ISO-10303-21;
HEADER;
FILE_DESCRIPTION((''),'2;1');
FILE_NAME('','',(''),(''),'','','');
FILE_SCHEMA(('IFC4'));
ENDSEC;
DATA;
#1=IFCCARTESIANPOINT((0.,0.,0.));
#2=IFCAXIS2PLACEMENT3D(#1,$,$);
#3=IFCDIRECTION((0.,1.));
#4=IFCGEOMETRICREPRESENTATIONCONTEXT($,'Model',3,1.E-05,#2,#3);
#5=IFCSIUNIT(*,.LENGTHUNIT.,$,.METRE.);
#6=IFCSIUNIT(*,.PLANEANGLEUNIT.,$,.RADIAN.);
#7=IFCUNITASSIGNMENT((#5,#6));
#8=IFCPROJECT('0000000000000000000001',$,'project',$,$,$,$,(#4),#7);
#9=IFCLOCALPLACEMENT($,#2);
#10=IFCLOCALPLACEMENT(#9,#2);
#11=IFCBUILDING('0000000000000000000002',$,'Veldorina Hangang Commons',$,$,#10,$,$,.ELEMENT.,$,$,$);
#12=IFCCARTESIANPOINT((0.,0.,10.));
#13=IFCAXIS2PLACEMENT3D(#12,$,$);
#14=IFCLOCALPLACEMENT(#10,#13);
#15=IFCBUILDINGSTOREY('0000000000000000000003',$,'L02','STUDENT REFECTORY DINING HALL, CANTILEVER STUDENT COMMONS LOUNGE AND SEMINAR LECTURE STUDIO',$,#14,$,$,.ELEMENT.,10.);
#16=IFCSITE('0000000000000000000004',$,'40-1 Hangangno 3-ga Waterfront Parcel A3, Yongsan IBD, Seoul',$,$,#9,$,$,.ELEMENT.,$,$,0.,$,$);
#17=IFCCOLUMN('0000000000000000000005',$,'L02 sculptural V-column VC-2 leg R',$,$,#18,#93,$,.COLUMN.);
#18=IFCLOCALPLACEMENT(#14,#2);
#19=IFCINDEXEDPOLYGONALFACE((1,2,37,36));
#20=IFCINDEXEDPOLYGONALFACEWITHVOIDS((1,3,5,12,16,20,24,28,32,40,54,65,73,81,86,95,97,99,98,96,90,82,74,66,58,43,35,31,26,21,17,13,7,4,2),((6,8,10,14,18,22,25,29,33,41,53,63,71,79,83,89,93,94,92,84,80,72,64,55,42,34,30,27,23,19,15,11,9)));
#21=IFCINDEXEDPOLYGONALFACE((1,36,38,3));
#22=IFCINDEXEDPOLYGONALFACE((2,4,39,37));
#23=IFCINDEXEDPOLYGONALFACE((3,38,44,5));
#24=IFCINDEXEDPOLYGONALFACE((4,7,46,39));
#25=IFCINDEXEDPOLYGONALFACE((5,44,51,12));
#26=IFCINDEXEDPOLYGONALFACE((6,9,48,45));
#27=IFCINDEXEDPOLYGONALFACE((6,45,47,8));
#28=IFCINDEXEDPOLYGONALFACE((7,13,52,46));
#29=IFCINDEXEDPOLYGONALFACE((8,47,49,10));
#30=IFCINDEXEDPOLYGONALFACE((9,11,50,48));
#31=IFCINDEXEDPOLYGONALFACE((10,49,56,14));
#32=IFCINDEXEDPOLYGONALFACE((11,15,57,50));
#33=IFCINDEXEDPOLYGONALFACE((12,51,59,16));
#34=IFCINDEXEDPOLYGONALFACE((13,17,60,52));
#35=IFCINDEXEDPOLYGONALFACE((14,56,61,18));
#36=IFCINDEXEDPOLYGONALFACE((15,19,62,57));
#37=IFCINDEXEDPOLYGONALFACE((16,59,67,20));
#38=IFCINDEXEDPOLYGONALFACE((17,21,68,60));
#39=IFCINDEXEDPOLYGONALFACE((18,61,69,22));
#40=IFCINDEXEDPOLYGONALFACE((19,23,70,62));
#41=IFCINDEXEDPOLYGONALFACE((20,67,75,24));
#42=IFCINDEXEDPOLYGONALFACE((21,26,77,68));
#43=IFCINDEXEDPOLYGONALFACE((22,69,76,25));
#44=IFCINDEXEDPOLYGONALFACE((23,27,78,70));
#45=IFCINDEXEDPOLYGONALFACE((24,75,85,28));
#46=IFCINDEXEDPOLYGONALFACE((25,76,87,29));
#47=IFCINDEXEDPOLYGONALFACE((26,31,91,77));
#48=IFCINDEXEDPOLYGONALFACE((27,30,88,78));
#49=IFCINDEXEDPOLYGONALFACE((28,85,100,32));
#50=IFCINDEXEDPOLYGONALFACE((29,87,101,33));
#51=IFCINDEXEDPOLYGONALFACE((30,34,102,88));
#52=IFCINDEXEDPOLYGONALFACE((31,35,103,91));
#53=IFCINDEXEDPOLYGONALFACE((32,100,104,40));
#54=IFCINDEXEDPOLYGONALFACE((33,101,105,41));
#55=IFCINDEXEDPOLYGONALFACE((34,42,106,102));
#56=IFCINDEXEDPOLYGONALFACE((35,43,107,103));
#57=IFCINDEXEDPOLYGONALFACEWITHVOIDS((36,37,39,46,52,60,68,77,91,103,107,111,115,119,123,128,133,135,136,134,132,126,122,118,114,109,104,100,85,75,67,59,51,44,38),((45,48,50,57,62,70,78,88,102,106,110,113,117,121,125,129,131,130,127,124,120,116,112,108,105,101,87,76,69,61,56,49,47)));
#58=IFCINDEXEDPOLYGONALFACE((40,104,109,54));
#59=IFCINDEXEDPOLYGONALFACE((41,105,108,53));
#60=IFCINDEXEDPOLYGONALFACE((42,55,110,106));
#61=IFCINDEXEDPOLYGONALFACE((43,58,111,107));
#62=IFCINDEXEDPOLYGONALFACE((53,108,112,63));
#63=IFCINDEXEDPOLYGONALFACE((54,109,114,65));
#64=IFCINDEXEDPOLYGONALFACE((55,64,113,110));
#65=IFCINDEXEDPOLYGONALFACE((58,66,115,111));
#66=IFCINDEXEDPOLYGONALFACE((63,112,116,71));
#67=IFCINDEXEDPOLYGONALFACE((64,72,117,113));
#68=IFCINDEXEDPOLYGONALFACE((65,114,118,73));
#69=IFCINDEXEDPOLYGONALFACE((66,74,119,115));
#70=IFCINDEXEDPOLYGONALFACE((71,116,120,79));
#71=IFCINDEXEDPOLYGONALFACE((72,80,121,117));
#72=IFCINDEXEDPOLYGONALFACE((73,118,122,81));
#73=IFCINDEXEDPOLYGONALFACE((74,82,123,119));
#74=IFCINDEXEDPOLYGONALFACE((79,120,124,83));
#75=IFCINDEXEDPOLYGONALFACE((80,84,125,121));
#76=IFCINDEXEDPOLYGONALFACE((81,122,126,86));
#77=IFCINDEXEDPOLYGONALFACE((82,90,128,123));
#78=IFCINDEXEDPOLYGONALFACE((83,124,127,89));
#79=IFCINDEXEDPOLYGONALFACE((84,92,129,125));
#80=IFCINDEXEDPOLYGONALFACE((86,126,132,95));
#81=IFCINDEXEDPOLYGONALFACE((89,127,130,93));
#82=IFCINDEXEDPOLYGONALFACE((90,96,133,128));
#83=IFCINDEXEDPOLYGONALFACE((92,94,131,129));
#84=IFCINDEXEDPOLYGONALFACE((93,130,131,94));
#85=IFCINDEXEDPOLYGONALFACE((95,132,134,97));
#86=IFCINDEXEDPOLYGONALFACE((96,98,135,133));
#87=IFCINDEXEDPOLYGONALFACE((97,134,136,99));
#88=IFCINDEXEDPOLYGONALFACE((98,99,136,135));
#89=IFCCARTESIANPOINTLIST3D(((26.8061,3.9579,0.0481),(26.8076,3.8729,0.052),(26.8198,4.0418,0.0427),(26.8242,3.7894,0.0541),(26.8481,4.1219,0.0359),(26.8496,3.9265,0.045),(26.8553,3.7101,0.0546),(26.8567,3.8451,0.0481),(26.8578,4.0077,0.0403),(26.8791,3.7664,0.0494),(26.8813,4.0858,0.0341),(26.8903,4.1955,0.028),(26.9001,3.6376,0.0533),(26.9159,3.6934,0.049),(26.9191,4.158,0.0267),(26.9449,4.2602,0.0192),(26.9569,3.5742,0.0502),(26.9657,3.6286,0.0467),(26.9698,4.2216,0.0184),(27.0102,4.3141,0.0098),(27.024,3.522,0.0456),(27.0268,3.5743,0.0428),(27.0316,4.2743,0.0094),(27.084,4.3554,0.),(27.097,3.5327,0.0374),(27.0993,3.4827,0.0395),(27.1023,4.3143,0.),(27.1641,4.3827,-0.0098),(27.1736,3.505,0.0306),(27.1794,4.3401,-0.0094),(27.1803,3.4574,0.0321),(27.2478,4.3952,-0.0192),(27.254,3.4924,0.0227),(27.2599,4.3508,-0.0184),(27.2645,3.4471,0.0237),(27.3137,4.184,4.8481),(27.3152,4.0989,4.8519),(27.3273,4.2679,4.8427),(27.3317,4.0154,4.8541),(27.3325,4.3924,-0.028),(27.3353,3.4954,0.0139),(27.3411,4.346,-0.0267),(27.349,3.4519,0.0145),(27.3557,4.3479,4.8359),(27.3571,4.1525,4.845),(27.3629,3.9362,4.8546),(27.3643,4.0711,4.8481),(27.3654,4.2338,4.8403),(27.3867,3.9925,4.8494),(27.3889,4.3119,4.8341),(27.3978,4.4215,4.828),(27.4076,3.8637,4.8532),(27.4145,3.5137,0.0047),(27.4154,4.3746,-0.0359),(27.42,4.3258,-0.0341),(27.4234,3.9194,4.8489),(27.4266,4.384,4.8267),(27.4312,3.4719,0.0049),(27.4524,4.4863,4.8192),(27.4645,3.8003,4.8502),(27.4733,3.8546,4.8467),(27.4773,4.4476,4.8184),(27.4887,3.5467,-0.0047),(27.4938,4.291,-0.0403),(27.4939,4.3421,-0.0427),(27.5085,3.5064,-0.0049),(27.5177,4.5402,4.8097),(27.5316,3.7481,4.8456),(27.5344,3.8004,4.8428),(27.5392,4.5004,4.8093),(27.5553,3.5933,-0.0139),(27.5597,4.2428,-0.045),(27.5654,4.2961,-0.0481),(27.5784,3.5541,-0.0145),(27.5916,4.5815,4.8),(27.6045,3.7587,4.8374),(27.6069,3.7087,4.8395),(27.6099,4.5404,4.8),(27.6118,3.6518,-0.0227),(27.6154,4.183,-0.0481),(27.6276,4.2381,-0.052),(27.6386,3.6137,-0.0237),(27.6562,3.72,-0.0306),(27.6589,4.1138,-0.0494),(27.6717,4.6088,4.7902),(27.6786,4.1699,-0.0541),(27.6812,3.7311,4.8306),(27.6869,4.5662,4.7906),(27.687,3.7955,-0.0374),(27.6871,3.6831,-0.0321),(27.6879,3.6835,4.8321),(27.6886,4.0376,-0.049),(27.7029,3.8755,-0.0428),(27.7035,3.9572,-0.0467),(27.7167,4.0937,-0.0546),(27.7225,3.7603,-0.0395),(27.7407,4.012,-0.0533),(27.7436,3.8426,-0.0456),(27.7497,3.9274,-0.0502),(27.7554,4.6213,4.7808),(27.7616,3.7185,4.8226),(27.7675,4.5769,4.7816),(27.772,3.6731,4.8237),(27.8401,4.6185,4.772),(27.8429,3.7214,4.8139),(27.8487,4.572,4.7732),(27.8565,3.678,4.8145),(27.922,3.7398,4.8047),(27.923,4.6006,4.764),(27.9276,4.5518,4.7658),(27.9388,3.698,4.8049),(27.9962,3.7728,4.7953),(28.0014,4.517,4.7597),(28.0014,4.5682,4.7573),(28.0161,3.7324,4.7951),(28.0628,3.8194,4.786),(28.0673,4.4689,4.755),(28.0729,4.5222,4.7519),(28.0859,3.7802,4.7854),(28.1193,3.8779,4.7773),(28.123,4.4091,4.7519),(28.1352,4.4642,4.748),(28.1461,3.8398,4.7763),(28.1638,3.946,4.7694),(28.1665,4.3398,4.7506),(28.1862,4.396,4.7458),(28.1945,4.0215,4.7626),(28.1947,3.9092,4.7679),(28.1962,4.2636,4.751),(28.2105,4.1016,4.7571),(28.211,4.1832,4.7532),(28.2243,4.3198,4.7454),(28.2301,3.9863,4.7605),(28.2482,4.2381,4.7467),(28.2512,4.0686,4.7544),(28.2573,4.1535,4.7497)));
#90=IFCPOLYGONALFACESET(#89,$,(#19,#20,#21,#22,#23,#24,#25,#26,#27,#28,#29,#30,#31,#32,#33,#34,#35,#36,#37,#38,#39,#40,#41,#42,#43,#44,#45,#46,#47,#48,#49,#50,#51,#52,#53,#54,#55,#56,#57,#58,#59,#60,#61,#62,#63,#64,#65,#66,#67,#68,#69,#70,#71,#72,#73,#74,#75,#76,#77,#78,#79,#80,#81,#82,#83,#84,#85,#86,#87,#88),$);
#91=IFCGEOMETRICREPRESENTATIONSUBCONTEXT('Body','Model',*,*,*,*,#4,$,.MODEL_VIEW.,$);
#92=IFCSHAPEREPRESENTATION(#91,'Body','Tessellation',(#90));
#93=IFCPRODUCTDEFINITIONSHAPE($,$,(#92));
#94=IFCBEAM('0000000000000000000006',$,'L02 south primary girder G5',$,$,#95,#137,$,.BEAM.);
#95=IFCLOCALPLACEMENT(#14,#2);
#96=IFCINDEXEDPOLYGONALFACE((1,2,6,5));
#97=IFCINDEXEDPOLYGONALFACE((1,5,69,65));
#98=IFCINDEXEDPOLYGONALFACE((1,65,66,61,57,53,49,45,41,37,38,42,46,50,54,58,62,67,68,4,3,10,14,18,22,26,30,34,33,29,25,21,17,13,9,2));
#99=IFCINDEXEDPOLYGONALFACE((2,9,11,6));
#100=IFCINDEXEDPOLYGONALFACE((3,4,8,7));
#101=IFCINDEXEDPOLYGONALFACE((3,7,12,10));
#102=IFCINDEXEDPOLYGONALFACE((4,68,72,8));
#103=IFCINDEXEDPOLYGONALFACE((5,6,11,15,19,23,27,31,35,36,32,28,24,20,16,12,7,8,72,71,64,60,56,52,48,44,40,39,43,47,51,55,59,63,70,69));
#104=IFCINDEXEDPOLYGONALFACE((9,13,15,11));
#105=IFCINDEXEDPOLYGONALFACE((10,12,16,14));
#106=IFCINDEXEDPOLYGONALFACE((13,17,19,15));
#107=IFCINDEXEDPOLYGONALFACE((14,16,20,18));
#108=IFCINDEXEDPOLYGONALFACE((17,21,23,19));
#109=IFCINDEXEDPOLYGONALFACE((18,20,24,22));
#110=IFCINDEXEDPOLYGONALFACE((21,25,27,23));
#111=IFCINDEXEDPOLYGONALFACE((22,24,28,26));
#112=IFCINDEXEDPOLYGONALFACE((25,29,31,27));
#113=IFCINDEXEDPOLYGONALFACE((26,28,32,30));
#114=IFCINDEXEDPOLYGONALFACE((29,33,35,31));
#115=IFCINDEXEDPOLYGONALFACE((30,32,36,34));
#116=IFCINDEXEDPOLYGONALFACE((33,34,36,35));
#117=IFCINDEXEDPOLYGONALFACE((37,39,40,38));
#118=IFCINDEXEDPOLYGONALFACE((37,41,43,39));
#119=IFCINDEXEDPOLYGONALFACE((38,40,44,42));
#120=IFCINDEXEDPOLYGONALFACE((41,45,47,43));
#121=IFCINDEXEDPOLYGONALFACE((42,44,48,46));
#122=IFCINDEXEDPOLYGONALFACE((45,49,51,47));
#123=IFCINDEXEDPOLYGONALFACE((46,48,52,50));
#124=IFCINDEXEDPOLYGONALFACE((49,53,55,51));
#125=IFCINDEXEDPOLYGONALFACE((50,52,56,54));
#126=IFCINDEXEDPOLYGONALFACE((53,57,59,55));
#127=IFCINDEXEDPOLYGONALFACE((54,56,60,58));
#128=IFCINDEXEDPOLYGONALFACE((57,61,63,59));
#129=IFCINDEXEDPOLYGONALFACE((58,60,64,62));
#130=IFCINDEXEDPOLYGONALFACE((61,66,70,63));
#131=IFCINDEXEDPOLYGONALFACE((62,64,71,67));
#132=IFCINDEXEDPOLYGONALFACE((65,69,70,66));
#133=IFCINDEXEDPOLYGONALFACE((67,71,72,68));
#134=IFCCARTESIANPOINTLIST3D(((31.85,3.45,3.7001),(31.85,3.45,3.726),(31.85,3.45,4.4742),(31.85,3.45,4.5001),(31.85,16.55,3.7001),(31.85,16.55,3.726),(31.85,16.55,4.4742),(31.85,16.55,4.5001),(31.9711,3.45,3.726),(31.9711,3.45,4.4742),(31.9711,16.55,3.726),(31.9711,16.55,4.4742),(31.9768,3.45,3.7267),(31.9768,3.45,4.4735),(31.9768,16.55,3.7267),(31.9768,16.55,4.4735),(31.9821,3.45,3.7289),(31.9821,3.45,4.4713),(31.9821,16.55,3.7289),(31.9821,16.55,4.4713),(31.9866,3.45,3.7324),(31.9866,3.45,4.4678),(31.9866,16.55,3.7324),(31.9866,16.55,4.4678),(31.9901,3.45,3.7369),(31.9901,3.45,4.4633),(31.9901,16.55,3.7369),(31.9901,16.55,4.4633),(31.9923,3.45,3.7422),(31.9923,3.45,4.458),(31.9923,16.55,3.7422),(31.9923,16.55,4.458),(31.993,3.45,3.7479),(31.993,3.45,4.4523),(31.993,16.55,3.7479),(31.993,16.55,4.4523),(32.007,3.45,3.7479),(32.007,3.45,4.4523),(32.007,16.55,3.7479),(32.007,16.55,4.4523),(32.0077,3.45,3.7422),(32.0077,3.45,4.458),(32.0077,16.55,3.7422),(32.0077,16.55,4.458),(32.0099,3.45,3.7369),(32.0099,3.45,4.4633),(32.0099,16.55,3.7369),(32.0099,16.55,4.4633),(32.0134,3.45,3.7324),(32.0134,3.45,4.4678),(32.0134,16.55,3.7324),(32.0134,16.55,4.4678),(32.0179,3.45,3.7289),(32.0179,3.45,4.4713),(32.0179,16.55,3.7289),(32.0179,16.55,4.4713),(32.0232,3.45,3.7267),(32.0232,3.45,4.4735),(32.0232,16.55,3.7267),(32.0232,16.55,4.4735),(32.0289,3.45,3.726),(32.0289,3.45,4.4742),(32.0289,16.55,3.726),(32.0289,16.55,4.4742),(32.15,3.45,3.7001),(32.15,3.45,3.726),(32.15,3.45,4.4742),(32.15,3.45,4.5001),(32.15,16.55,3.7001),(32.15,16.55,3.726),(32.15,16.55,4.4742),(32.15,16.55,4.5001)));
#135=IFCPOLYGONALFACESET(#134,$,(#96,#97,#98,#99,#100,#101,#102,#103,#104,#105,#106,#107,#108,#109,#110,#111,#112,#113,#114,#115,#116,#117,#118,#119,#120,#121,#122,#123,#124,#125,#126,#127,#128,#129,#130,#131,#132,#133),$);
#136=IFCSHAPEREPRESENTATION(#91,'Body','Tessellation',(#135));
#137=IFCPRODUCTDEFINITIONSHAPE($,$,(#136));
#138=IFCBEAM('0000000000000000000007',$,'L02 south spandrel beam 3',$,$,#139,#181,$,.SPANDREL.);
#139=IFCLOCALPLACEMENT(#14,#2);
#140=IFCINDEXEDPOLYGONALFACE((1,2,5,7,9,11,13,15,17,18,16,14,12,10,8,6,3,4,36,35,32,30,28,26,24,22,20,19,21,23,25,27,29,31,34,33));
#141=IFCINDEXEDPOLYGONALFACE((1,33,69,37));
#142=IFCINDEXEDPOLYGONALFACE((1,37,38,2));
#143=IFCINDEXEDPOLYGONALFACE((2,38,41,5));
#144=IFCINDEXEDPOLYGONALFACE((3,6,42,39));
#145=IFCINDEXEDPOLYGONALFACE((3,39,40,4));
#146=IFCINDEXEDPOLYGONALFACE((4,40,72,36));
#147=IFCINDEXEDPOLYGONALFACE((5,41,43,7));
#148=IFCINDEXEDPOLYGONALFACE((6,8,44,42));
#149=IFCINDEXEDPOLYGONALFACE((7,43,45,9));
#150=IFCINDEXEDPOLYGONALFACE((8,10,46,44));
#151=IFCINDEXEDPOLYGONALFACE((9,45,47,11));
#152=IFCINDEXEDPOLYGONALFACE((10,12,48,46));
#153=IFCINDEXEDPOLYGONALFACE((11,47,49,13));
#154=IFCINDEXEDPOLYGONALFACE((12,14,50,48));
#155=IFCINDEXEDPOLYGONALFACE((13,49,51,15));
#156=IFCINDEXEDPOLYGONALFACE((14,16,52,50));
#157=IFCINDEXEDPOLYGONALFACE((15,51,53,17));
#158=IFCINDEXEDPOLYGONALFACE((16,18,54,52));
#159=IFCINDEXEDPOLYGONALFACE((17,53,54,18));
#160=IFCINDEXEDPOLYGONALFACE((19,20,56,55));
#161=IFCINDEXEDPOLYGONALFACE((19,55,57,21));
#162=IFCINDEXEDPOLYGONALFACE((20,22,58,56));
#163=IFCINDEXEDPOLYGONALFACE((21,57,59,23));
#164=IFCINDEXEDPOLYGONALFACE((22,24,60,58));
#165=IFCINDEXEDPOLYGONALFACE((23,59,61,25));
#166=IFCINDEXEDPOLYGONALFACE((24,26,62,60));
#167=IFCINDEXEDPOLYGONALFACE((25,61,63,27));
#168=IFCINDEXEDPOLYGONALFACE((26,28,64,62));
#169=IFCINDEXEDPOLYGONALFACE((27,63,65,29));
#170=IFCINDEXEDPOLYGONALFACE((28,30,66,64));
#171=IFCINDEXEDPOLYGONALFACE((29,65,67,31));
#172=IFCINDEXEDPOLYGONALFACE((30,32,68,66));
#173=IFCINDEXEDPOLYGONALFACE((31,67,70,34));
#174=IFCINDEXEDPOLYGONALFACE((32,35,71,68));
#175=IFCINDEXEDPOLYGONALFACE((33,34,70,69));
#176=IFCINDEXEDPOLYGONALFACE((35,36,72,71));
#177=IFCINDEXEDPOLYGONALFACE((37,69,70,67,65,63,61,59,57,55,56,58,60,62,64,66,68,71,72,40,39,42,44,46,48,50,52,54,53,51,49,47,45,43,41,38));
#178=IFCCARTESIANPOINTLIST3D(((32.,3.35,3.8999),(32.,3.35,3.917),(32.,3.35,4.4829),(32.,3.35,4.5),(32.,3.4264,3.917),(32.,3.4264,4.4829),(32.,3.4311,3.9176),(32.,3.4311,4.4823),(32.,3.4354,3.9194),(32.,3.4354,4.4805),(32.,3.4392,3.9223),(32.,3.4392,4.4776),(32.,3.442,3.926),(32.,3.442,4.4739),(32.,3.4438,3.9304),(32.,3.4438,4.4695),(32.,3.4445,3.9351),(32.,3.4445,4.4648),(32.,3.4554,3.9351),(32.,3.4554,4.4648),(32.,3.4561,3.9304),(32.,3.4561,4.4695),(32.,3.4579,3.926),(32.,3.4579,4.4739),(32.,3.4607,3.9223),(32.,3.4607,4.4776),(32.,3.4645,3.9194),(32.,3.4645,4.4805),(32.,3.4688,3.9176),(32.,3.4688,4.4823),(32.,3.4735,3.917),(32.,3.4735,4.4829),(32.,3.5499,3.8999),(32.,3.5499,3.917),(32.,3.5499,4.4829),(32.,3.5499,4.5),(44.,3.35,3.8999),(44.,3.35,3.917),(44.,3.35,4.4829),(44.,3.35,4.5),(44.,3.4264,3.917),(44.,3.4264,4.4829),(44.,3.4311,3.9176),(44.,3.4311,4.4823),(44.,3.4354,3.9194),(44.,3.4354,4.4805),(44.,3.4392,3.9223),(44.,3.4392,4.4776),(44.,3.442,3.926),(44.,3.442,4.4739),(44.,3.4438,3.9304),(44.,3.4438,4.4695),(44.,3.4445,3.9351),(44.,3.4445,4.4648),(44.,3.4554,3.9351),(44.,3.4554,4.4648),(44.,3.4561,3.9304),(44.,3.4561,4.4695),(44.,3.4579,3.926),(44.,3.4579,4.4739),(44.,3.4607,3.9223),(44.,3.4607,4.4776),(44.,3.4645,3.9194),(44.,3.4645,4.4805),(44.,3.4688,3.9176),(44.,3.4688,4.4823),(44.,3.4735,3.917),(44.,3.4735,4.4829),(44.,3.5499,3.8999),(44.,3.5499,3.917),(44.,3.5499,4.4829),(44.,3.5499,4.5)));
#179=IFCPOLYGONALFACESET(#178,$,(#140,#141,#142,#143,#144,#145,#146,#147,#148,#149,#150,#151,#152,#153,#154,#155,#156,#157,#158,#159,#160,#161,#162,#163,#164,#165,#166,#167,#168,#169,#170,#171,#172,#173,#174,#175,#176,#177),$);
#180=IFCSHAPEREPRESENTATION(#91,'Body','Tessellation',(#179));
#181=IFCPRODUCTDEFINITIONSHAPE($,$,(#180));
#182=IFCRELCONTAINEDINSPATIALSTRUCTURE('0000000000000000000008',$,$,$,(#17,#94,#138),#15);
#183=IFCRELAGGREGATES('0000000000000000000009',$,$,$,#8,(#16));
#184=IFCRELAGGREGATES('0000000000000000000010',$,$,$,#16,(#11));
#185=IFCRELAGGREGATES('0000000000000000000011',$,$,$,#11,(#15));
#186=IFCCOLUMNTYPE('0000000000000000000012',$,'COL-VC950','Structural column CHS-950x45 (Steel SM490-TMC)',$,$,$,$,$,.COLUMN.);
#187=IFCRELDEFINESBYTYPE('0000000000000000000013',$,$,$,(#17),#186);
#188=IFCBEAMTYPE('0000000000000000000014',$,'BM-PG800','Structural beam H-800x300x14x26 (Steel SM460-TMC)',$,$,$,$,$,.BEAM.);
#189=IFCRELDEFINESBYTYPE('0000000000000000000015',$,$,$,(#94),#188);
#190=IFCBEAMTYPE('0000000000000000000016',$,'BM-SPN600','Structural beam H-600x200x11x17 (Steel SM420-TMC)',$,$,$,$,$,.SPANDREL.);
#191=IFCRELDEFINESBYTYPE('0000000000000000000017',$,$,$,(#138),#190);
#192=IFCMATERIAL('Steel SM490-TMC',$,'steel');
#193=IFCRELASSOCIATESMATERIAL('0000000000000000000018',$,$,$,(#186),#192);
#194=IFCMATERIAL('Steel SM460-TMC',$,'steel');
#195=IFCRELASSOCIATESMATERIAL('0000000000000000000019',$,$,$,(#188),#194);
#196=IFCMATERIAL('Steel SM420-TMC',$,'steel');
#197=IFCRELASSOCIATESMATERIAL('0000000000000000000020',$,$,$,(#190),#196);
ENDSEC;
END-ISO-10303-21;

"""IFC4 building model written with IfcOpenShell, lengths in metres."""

from ifc_helpers import new_model, si_unit, direction, frame, origin, origin_2d, place, context, subcontext, project, spatial, hollow_circle, i_section, extrude, material, material_profile, profile_set, type_object, element, save


model = new_model("IFC4")

# Units and contexts
model_context = context("Model", 3, precision=1e-05, world=origin(), true_north=direction((0.0, 1.0)))
body_context = subcontext(model_context, "Body", "Model", "MODEL_VIEW")
ifc_project = project(units=[si_unit("LENGTHUNIT", "METRE"), si_unit("PLANEANGLEUNIT", "RADIAN")], contexts=[model_context])

# Site, building, storey
site_placement = place(None, origin())
site = spatial("IfcSite", under=ifc_project, at=site_placement, Name="40-1 Hangangno 3-ga Waterfront Parcel A3, Yongsan IBD, Seoul", CompositionType="ELEMENT", RefElevation=0.0)
building_placement = place(site_placement, origin())
building = spatial("IfcBuilding", under=site, at=building_placement, Name="Veldorina Hangang Commons", CompositionType="ELEMENT")
storey_placement = place(building_placement, frame((0.0, 0.0, 10.0)))
storey = spatial("IfcBuildingStorey", under=building, at=storey_placement, Name="L02", Description="STUDENT REFECTORY DINING HALL, CANTILEVER STUDENT COMMONS LOUNGE AND SEMINAR LECTURE STUDIO", CompositionType="ELEMENT", Elevation=10.0)

# Column
ifc_material_1 = material(Name="Steel SM420-TMC", Category="steel")
ifc_material_2 = material(Name="Steel SM490-TMC", Category="steel")
ifc_material_profile_1 = material_profile(ifc_material_2, hollow_circle(Radius=0.4751, WallThickness=0.0449, at=origin_2d()), Name="CHS-950x45")
ifc_profile_set_1 = profile_set([ifc_material_profile_1], Name="Steel SM490-TMC")
column_type_1 = type_object("IfcColumnType", Name="COL-VC950", Description="Structural column CHS-950x45 (Steel SM490-TMC)", PredefinedType="COLUMN", material=ifc_profile_set_1)
for number, where, z_axis, x_axis, name in (
    (1, (27.2773, 3.9214, 0.0), (0.105041, 0.046786, 0.993367), (-0.406872, 0.913485, 0.0), "L02 sculptural V-column VC-2 leg R"),
):
    element("IfcColumn", number, at=place(storey_placement, frame(where, z_axis=z_axis, x_axis=x_axis)), inside=storey, type_object=column_type_1, Name=name, PredefinedType="COLUMN", context=body_context, shape_type="SweptSolid", body=[
        extrude(hollow_circle(Radius=0.4751, WallThickness=0.0449, at=origin_2d()), origin(), (0.0, 0.0, 1.0), 4.832),
    ])

# Beams
ifc_material_3 = material(Name="Steel SM460-TMC", Category="steel")
ifc_material_profile_2 = material_profile(ifc_material_3, i_section(OverallWidth=0.3, OverallDepth=0.8, WebThickness=0.0139, FlangeThickness=0.0259, FilletRadius=0.022, at=origin_2d()), Name="H-800x300x14x26")
ifc_profile_set_2 = profile_set([ifc_material_profile_2], Name="Steel SM460-TMC")
beam_type_1 = type_object("IfcBeamType", Name="BM-PG800", Description="Structural beam H-800x300x14x26 (Steel SM460-TMC)", PredefinedType="BEAM", material=ifc_profile_set_2)
beam_1_placement = place(storey_placement, frame((32.0, 3.45, 4.1001), z_axis=(0.0, 1.0, 0.0), x_axis=(-1.0, 0.0, 0.0)))
element("IfcBeam", 2, at=beam_1_placement, inside=storey, type_object=beam_type_1, Name="L02 south primary girder G5", PredefinedType="BEAM", context=body_context, shape_type="SweptSolid", body=[
    extrude(i_section(OverallWidth=0.3, OverallDepth=0.8, WebThickness=0.0139, FlangeThickness=0.0259, FilletRadius=0.022, at=origin_2d()), origin(), (0.0, 0.0, 1.0), 13.1001),
])
ifc_material_profile_3 = material_profile(ifc_material_1, i_section(OverallWidth=0.2, OverallDepth=0.6001, WebThickness=0.011, FlangeThickness=0.0171, FilletRadius=0.0181, at=origin_2d()), Name="H-600x200x11x17")
ifc_profile_set_3 = profile_set([ifc_material_profile_3], Name="Steel SM420-TMC")
beam_type_2 = type_object("IfcBeamType", Name="BM-SPN600", Description="Structural beam H-600x200x11x17 (Steel SM420-TMC)", PredefinedType="SPANDREL", material=ifc_profile_set_3)
beam_2_placement = place(storey_placement, frame((32.0, 3.45, 4.2), z_axis=(1.0, 0.0, 0.0), x_axis=(0.0, 1.0, 0.0)))
element("IfcBeam", 3, at=beam_2_placement, inside=storey, type_object=beam_type_2, Name="L02 south spandrel beam 3", PredefinedType="SPANDREL", context=body_context, shape_type="SweptSolid", body=[
    extrude(i_section(OverallWidth=0.2, OverallDepth=0.6001, WebThickness=0.011, FlangeThickness=0.0171, FilletRadius=0.0181, at=origin_2d()), origin(), (0.0, 0.0, 1.0), 12.0),
])

save(model, "model.ifc")
